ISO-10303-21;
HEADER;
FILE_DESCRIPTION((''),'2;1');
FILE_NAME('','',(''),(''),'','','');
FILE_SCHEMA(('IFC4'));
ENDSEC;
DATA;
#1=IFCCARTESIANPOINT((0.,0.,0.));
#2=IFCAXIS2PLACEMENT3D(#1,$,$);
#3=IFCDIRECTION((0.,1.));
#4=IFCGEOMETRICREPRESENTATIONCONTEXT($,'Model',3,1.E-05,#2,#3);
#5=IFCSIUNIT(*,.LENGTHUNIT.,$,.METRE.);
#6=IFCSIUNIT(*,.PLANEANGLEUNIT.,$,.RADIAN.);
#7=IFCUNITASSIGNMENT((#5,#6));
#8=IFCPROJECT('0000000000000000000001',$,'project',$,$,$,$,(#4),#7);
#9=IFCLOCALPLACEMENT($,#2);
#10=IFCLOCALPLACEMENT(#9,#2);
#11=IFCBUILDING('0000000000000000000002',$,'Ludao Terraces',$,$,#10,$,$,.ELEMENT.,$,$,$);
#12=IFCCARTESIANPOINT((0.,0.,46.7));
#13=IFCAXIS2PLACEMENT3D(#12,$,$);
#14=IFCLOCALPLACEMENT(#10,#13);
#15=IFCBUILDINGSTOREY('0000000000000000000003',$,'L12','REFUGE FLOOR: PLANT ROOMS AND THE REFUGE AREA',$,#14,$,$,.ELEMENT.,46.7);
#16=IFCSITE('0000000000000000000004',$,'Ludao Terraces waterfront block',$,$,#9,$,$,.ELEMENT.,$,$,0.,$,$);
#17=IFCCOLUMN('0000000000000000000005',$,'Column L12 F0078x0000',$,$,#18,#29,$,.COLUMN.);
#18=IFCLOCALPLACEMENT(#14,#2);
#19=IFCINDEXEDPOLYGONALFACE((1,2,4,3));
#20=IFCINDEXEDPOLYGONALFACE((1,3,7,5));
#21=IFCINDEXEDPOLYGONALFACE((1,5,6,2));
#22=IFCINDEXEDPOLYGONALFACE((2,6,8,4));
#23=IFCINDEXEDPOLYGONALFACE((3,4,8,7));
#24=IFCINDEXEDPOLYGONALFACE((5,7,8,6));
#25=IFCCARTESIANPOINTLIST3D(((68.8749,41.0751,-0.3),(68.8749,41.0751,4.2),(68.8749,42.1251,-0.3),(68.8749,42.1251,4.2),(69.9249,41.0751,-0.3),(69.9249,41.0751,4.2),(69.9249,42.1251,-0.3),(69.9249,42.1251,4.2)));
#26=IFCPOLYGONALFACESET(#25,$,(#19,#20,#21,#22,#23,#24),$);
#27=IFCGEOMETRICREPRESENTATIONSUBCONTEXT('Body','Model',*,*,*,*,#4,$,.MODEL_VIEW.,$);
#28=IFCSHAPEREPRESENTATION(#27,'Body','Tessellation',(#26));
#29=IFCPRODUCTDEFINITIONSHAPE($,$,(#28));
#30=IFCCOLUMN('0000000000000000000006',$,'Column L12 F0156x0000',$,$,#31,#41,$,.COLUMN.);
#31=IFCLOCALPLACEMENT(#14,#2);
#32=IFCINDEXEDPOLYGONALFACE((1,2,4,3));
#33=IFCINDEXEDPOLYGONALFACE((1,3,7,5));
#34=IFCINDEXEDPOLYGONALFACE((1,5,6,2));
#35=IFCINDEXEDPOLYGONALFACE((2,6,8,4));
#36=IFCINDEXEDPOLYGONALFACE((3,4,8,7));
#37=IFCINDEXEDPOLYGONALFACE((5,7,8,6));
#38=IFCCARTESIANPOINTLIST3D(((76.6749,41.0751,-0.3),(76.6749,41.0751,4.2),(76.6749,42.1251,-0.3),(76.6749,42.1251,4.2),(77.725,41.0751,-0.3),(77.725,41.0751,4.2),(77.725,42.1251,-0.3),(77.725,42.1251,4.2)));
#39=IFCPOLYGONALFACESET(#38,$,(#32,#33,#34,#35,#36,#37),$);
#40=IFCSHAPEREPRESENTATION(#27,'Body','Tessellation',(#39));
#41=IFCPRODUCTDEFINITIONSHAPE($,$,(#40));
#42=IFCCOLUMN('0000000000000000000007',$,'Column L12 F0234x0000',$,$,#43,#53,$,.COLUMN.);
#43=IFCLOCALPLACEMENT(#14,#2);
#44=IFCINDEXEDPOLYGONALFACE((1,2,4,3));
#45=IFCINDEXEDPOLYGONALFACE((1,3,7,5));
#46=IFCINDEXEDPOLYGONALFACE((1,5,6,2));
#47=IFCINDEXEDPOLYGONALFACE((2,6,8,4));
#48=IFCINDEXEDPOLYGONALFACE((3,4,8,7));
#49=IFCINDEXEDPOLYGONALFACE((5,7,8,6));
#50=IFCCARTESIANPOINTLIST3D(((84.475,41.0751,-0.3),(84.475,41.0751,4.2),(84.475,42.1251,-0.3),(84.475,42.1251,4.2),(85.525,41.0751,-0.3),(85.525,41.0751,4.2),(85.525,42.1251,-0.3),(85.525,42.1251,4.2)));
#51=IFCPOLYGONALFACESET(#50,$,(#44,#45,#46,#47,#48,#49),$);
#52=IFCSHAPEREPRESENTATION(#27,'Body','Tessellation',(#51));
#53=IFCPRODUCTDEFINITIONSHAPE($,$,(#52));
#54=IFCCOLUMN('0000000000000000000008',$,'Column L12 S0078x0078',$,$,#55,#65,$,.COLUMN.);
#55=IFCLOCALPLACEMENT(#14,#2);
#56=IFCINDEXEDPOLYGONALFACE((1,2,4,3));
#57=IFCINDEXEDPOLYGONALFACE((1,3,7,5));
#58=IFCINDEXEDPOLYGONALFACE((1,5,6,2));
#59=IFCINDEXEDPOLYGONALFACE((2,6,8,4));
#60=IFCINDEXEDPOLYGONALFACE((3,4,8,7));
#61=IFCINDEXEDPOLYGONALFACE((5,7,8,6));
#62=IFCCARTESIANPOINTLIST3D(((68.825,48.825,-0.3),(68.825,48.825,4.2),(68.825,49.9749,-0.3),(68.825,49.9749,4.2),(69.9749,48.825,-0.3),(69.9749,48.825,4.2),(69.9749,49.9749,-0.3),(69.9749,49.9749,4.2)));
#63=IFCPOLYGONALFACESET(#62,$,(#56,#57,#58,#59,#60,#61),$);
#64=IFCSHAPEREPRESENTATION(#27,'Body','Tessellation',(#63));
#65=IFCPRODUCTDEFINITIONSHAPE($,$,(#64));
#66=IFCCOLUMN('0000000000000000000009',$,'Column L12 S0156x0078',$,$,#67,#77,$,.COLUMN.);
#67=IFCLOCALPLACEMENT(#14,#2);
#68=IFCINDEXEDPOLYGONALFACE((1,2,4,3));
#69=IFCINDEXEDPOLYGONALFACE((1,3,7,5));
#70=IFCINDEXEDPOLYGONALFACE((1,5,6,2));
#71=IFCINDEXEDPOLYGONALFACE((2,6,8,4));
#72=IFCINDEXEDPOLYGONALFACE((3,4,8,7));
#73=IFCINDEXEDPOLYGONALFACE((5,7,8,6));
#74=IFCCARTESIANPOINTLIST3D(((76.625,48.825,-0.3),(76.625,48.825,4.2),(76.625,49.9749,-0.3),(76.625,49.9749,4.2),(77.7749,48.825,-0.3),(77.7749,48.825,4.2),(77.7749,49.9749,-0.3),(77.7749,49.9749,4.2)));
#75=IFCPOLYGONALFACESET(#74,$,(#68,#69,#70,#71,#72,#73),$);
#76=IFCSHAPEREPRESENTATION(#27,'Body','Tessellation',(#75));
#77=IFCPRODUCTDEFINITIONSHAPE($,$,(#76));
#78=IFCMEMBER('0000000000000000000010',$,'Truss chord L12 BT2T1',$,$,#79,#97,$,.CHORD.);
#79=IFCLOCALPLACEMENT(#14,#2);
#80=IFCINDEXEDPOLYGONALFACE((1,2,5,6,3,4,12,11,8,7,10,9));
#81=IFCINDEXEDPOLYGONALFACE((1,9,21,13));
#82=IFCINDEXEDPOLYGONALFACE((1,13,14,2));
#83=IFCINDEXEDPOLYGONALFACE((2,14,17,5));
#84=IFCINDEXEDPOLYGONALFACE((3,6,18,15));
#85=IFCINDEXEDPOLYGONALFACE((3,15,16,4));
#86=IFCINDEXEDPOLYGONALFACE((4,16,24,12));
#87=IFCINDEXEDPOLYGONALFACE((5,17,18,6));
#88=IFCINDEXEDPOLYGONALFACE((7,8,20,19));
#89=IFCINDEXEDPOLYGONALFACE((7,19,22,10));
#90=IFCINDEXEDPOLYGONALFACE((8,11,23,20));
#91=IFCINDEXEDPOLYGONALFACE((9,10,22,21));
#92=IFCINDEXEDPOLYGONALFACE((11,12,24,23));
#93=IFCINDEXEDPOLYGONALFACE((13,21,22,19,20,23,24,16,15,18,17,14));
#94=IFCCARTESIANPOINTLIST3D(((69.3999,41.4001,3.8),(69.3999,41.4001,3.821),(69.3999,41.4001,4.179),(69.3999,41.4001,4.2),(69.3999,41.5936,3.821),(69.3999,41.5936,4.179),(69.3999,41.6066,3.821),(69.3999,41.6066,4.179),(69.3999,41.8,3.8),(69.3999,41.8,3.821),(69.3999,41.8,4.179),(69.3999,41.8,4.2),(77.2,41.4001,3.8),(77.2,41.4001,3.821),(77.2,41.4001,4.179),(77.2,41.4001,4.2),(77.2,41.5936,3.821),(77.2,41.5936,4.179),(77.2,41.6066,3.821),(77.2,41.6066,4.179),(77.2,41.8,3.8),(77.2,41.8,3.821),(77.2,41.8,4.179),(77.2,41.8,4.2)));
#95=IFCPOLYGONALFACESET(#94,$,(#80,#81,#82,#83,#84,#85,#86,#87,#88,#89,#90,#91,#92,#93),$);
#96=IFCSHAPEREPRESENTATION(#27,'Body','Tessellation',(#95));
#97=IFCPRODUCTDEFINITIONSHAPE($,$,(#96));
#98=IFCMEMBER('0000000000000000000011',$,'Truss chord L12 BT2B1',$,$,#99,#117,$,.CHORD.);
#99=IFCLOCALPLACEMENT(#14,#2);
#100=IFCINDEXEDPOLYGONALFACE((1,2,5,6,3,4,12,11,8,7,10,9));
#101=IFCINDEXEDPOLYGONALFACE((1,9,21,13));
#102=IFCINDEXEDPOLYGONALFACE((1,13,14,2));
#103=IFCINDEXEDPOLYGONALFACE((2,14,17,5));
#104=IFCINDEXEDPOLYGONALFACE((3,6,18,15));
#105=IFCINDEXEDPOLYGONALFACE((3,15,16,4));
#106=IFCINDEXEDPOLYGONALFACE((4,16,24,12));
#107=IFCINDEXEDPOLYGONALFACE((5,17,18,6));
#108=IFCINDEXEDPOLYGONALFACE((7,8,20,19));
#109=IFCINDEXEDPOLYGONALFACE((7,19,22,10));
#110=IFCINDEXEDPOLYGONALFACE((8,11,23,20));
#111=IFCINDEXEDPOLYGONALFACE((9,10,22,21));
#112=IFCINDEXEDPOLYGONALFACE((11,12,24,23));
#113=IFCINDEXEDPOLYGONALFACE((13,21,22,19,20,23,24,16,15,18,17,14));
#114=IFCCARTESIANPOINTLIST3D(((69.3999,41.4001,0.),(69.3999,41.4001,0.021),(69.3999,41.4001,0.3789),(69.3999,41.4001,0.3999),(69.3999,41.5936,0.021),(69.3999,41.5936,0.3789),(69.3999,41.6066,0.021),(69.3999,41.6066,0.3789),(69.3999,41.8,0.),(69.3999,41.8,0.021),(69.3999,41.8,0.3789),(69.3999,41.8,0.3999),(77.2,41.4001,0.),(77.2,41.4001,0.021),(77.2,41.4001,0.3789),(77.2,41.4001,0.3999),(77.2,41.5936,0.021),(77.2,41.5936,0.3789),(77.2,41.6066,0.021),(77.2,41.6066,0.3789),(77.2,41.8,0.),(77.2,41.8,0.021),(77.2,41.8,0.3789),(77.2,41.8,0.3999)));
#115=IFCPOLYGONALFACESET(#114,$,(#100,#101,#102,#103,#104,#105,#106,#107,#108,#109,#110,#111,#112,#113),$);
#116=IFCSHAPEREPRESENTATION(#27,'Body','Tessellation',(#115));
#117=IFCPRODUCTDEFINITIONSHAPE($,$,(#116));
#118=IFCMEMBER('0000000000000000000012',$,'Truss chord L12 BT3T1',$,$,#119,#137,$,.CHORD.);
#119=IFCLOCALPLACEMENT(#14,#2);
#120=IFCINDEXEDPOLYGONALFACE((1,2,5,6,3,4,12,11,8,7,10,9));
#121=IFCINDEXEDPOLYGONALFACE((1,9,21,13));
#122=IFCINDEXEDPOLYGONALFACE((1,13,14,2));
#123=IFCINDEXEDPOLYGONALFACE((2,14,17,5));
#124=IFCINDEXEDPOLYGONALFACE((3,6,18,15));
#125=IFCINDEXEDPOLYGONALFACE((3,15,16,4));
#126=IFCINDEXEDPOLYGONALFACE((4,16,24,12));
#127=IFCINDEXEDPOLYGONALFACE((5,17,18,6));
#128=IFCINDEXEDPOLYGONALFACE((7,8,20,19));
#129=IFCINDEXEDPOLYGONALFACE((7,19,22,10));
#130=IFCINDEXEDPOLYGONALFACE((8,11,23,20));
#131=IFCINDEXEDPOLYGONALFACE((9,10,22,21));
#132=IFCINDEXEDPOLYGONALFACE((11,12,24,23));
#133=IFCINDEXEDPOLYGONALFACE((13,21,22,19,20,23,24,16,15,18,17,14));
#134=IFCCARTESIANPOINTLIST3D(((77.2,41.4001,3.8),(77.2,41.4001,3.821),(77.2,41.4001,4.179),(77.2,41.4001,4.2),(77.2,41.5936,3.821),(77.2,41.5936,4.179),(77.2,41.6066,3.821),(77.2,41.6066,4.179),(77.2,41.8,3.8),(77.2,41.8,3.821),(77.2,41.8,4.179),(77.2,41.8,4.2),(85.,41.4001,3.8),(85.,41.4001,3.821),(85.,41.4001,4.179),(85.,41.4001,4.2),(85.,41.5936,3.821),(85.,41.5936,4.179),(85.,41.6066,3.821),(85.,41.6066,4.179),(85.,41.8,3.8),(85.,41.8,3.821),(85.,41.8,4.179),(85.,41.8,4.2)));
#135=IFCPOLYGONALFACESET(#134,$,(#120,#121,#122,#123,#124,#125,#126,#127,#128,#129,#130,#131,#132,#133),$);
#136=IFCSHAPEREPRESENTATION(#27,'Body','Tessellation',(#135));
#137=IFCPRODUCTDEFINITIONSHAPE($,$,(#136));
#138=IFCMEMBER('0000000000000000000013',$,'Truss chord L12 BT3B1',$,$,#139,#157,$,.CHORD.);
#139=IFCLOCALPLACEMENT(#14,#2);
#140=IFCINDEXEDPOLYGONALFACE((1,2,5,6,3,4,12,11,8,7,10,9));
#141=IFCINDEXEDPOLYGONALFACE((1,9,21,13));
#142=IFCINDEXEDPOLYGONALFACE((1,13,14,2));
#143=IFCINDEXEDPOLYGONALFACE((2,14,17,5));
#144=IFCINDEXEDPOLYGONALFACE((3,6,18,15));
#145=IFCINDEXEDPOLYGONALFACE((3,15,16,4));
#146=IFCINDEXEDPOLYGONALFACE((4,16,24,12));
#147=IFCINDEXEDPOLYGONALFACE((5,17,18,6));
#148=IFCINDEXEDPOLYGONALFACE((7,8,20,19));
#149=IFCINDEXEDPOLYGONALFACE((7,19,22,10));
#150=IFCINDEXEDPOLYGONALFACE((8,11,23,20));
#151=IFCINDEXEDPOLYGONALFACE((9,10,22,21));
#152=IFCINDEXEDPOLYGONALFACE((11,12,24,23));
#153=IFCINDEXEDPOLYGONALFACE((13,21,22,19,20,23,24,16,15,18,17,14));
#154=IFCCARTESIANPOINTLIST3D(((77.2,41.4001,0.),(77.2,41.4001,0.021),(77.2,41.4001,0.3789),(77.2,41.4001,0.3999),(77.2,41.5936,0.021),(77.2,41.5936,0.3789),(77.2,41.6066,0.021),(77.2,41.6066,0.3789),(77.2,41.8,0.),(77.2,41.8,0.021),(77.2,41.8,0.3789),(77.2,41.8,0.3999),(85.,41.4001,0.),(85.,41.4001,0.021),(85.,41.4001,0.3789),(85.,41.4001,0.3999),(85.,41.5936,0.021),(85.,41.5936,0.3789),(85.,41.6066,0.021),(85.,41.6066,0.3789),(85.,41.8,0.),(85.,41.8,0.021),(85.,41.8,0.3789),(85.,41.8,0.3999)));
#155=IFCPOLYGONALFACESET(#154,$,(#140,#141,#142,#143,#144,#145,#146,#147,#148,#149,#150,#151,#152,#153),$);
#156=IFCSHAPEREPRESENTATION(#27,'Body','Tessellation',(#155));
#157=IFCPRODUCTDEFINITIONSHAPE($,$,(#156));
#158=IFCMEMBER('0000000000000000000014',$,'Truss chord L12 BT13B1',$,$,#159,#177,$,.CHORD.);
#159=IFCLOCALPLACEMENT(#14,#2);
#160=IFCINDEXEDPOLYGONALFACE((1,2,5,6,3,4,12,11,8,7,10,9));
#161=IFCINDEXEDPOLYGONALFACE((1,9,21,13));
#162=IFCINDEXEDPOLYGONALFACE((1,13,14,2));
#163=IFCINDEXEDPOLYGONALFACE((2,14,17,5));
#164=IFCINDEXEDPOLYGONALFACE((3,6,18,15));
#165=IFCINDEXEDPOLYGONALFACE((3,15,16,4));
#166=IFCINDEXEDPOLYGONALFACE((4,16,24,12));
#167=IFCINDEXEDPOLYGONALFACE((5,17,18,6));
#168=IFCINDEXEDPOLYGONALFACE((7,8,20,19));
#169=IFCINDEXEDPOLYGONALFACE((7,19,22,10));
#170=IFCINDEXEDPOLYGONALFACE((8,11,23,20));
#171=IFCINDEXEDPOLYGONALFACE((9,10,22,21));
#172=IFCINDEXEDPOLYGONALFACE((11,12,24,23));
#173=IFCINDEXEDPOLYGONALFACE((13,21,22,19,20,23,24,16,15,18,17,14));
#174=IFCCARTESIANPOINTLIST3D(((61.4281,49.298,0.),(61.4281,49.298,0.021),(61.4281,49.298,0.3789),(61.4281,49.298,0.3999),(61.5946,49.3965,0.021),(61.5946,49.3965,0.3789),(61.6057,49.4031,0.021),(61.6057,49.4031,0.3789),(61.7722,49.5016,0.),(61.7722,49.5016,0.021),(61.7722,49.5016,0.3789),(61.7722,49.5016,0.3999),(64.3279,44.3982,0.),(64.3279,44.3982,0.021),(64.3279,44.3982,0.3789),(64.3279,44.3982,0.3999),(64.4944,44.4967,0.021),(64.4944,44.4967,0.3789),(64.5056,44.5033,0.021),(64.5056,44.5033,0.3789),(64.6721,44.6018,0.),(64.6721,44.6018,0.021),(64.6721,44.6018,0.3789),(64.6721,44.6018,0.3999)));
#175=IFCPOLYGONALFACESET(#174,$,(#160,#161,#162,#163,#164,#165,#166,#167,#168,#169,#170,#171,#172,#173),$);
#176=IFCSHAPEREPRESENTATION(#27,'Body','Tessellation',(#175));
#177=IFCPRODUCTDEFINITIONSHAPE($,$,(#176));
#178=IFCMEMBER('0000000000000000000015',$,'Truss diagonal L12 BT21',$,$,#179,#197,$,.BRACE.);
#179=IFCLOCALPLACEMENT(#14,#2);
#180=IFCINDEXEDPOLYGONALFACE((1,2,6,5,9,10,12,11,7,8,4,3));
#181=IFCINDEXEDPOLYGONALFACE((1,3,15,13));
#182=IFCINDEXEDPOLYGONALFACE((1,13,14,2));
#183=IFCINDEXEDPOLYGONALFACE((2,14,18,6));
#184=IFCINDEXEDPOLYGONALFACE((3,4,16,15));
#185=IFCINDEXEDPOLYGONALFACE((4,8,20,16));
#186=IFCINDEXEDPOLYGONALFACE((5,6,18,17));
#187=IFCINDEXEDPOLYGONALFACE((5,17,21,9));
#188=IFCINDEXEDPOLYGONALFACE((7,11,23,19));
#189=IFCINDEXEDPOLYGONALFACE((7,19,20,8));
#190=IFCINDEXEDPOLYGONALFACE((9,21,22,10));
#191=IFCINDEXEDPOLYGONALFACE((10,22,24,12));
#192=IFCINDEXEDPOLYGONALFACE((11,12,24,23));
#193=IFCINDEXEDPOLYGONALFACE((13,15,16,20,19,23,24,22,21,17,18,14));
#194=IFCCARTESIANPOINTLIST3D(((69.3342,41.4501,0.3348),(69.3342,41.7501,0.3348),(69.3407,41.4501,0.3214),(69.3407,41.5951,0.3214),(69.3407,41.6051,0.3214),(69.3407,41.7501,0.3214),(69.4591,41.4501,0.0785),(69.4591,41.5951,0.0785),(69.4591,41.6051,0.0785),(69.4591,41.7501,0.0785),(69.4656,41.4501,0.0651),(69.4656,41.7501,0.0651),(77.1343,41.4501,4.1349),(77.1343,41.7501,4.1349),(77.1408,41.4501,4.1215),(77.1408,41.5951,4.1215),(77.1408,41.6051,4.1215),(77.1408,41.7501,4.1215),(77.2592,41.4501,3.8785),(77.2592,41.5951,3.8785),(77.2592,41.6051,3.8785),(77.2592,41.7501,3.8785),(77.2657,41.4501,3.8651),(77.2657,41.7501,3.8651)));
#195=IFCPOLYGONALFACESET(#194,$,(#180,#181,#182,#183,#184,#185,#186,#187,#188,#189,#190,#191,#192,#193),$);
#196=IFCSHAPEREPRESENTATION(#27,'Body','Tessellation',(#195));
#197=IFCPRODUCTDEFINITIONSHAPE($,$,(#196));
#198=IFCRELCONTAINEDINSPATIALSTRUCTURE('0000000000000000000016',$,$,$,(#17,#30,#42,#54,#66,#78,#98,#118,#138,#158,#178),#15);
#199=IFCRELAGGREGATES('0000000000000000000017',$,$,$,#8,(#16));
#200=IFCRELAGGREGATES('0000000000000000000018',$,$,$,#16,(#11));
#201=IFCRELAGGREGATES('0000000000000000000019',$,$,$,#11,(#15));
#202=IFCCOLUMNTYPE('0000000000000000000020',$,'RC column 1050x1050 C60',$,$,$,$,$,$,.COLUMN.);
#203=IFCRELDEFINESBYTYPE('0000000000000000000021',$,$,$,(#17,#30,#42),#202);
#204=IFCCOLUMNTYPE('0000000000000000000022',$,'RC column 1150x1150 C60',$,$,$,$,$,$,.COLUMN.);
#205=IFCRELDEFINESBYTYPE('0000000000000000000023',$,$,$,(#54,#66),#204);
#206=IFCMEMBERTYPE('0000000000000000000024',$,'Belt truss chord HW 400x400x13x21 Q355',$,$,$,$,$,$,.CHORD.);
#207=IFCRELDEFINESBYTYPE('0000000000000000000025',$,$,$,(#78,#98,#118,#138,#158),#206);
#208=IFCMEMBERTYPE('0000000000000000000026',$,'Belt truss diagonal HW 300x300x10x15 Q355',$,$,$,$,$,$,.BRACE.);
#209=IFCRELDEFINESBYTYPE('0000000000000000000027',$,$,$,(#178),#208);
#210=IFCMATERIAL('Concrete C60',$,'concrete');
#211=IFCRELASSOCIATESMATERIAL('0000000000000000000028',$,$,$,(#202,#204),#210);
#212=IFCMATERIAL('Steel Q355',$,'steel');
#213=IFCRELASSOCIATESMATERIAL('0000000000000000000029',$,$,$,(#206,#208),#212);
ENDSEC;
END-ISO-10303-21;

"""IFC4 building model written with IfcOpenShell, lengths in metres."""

from ifc_helpers import new_model, si_unit, direction, frame, origin, origin_2d, place, context, subcontext, project, spatial, rectangle, i_section, extrude, material, material_profile, profile_set, type_object, element, save


model = new_model("IFC4")

# Units and contexts
model_context = context("Model", 3, precision=1e-05, world=origin(), true_north=direction((0.0, 1.0)))
body_context = subcontext(model_context, "Body", "Model", "MODEL_VIEW")
ifc_project = project(units=[si_unit("LENGTHUNIT", "METRE"), si_unit("PLANEANGLEUNIT", "RADIAN")], contexts=[model_context])

# Site, building, storey
site_placement = place(None, origin())
site = spatial("IfcSite", under=ifc_project, at=site_placement, Name="Ludao Terraces waterfront block", CompositionType="ELEMENT", RefElevation=0.0)
building_placement = place(site_placement, origin())
building = spatial("IfcBuilding", under=site, at=building_placement, Name="Ludao Terraces", CompositionType="ELEMENT")
storey_placement = place(building_placement, frame((0.0, 0.0, 46.7)))
storey = spatial("IfcBuildingStorey", under=building, at=storey_placement, Name="L12", Description="REFUGE FLOOR: PLANT ROOMS AND THE REFUGE AREA", CompositionType="ELEMENT", Elevation=46.7)

# Columns
ifc_material_1 = material(Name="Concrete C60", Category="concrete")
ifc_material_profile_1 = material_profile(ifc_material_1, rectangle(XDim=1.05, YDim=1.05, at=origin_2d()), Name="1050 X 1050")
ifc_profile_set_1 = profile_set([ifc_material_profile_1], Name="Concrete C60")
column_type_1 = type_object("IfcColumnType", Name="RC column 1050x1050 C60", PredefinedType="COLUMN", material=ifc_profile_set_1)
for number, where, z_axis, x_axis, name in (
    (1, (69.3999, 41.6001, -0.3), (0.0, 0.0, 1.0), (1.0, 0.0, 0.0), "Column L12 F0078x0000"),
    (2, (77.2, 41.6001, -0.3), (0.0, 0.0, 1.0), (1.0, 0.0, 0.0), "Column L12 F0156x0000"),
    (3, (85.0, 41.6001, -0.3), (0.0, 0.0, 1.0), (1.0, 0.0, 0.0), "Column L12 F0234x0000"),
):
    element("IfcColumn", number, at=place(storey_placement, frame(where, z_axis=z_axis, x_axis=x_axis)), inside=storey, type_object=column_type_1, Name=name, PredefinedType="COLUMN", context=body_context, shape_type="SweptSolid", body=[
        extrude(rectangle(XDim=1.05, YDim=1.05, at=origin_2d()), origin(), (0.0, 0.0, 1.0), 4.5),
    ])
ifc_material_profile_2 = material_profile(ifc_material_1, rectangle(XDim=1.1499, YDim=1.1499, at=origin_2d()), Name="1150 X 1150")
ifc_profile_set_2 = profile_set([ifc_material_profile_2], Name="Concrete C60")
column_type_2 = type_object("IfcColumnType", Name="RC column 1150x1150 C60", PredefinedType="COLUMN", material=ifc_profile_set_2)
for number, where, z_axis, x_axis, name in (
    (4, (69.3999, 49.3999, -0.3), (0.0, 0.0, 1.0), (1.0, 0.0, 0.0), "Column L12 S0078x0078"),
    (5, (77.2, 49.3999, -0.3), (0.0, 0.0, 1.0), (1.0, 0.0, 0.0), "Column L12 S0156x0078"),
):
    element("IfcColumn", number, at=place(storey_placement, frame(where, z_axis=z_axis, x_axis=x_axis)), inside=storey, type_object=column_type_2, Name=name, PredefinedType="COLUMN", context=body_context, shape_type="SweptSolid", body=[
        extrude(rectangle(XDim=1.1499, YDim=1.1499, at=origin_2d()), origin(), (0.0, 0.0, 1.0), 4.5),
    ])

# Members
ifc_material_2 = material(Name="Steel Q355", Category="steel")
ifc_material_profile_3 = material_profile(ifc_material_2, i_section(OverallWidth=0.3999, OverallDepth=0.3999, WebThickness=0.0129, FlangeThickness=0.021, at=origin_2d()), Name="HW 400X400X13X21")
ifc_profile_set_3 = profile_set([ifc_material_profile_3], Name="Steel Q355")
member_type_1 = type_object("IfcMemberType", Name="Belt truss chord HW 400x400x13x21 Q355", PredefinedType="CHORD", material=ifc_profile_set_3)
for number, where, z_axis, x_axis, name in (
    (6, (69.3999, 41.6001, 4.0), (1.0, 0.0, 0.0), (0.0, 1.0, 0.0), "Truss chord L12 BT2T1"),
    (7, (69.3999, 41.6001, 0.2), (1.0, 0.0, 0.0), (0.0, 1.0, 0.0), "Truss chord L12 BT2B1"),
    (8, (77.2, 41.6001, 4.0), (1.0, 0.0, 0.0), (0.0, 1.0, 0.0), "Truss chord L12 BT3T1"),
    (9, (77.2, 41.6001, 0.2), (1.0, 0.0, 0.0), (0.0, 1.0, 0.0), "Truss chord L12 BT3B1"),
):
    element("IfcMember", number, at=place(storey_placement, frame(where, z_axis=z_axis, x_axis=x_axis)), inside=storey, type_object=member_type_1, Name=name, PredefinedType="CHORD", context=body_context, shape_type="SweptSolid", body=[
        extrude(i_section(OverallWidth=0.3999, OverallDepth=0.3999, WebThickness=0.0129, FlangeThickness=0.021, at=origin_2d()), origin(), (0.0, 0.0, 1.0), 7.8),
    ])
member_1_placement = place(storey_placement, frame((64.5, 44.5, 0.2), z_axis=(-0.509316, 0.86058, 0.0), x_axis=(-0.86058, -0.509316, 0.0)))
element("IfcMember", 10, at=member_1_placement, inside=storey, type_object=member_type_1, Name="Truss chord L12 BT13B1", PredefinedType="CHORD", context=body_context, shape_type="SweptSolid", body=[
    extrude(i_section(OverallWidth=0.3999, OverallDepth=0.3999, WebThickness=0.0129, FlangeThickness=0.021, at=origin_2d()), origin(), (0.0, 0.0, 1.0), 5.6936),
])
ifc_material_profile_4 = material_profile(ifc_material_2, i_section(OverallWidth=0.3, OverallDepth=0.3, WebThickness=0.01, FlangeThickness=0.0149, at=origin_2d()), Name="HW 300X300X10X15")
ifc_profile_set_4 = profile_set([ifc_material_profile_4], Name="Steel Q355")
member_type_2 = type_object("IfcMemberType", Name="Belt truss diagonal HW 300x300x10x15 Q355", PredefinedType="BRACE", material=ifc_profile_set_4)
for number, where, z_axis, x_axis, name in (
    (11, (69.3999, 41.6001, 0.2), (0.898989, 0.0, 0.437972), (0.0, 1.0, 0.0), "Truss diagonal L12 BT21"),
):
    element("IfcMember", number, at=place(storey_placement, frame(where, z_axis=z_axis, x_axis=x_axis)), inside=storey, type_object=member_type_2, Name=name, PredefinedType="BRACE", context=body_context, shape_type="SweptSolid", body=[
        extrude(i_section(OverallWidth=0.3, OverallDepth=0.3, WebThickness=0.01, FlangeThickness=0.0149, at=origin_2d()), origin(), (0.0, 0.0, 1.0), 8.6765),
    ])

save(model, "model.ifc")
